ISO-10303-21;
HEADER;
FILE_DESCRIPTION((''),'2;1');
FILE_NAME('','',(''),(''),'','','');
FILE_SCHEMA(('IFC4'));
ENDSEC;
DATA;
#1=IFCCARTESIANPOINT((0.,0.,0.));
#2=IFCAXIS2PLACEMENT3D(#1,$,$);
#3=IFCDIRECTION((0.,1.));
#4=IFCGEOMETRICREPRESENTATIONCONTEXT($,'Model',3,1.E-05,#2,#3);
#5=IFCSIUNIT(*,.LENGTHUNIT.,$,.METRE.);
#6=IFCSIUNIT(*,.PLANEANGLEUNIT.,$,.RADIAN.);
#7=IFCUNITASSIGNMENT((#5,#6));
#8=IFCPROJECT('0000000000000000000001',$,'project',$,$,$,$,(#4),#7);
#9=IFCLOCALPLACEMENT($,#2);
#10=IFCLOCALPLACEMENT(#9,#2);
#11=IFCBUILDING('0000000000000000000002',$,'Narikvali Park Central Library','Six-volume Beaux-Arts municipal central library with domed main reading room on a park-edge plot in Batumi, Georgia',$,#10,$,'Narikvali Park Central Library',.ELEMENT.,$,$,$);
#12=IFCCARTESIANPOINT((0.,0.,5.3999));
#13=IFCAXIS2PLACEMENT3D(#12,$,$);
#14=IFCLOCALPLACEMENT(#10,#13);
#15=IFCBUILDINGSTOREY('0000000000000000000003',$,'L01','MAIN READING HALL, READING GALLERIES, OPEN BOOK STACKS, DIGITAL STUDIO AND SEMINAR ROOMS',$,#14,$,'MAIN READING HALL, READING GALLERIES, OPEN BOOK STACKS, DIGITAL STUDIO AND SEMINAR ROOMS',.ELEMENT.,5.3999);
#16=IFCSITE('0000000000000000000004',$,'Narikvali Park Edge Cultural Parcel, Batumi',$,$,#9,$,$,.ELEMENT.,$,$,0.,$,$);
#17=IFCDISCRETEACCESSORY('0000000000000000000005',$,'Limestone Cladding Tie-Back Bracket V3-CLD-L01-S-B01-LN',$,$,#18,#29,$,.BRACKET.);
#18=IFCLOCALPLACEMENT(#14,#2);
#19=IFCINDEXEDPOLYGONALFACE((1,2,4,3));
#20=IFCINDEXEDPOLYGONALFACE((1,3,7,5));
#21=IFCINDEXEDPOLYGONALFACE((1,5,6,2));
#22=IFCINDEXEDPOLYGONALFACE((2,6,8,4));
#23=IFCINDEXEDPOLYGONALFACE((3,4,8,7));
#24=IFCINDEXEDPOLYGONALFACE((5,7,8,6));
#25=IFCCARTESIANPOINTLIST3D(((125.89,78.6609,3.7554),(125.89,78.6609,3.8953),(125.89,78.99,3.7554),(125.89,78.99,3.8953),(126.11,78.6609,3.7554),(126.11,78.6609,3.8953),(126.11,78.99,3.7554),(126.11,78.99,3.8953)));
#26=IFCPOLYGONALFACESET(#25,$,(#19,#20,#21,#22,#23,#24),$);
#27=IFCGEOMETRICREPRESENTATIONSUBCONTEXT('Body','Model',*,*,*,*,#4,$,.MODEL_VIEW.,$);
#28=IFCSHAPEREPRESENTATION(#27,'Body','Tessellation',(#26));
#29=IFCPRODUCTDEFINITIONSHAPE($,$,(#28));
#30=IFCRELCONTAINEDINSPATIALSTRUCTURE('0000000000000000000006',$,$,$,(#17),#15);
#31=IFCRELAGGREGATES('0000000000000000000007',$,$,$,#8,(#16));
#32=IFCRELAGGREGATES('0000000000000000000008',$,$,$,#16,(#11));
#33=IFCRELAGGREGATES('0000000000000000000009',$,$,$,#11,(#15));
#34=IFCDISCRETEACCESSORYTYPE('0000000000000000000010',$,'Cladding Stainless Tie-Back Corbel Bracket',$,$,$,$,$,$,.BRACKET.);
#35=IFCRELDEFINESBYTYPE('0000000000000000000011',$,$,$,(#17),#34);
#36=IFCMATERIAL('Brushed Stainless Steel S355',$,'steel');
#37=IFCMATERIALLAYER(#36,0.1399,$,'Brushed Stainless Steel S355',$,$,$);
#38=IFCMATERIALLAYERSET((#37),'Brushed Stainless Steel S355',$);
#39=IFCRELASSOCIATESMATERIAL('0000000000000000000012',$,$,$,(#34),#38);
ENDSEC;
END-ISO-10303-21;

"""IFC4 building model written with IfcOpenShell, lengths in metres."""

from ifc_helpers import new_model, si_unit, direction, frame, origin, origin_2d, place, context, subcontext, project, spatial, rectangle, extrude, material, layer, layer_set, type_object, element, save


model = new_model("IFC4")

# Units and contexts
model_context = context("Model", 3, precision=1e-05, world=origin(), true_north=direction((0.0, 1.0)))
body_context = subcontext(model_context, "Body", "Model", "MODEL_VIEW")
ifc_project = project(units=[si_unit("LENGTHUNIT", "METRE"), si_unit("PLANEANGLEUNIT", "RADIAN")], contexts=[model_context])

# Site, building, storey
site_placement = place(None, origin())
site = spatial("IfcSite", under=ifc_project, at=site_placement, Name="Narikvali Park Edge Cultural Parcel, Batumi", CompositionType="ELEMENT", RefElevation=0.0)
building_placement = place(site_placement, origin())
building = spatial("IfcBuilding", under=site, at=building_placement, Name="Narikvali Park Central Library", Description="Six-volume Beaux-Arts municipal central library with domed main reading room on a park-edge plot in Batumi, Georgia", LongName="Narikvali Park Central Library", CompositionType="ELEMENT")
storey_placement = place(building_placement, frame((0.0, 0.0, 5.3999)))
storey = spatial("IfcBuildingStorey", under=building, at=storey_placement, Name="L01", Description="MAIN READING HALL, READING GALLERIES, OPEN BOOK STACKS, DIGITAL STUDIO AND SEMINAR ROOMS", LongName="MAIN READING HALL, READING GALLERIES, OPEN BOOK STACKS, DIGITAL STUDIO AND SEMINAR ROOMS", CompositionType="ELEMENT", Elevation=5.3999)

# Discrete accessory
ifc_material_1 = material(Name="Brushed Stainless Steel S355", Category="steel")
ifc_layer_1 = layer(ifc_material_1, 0.1399, Name="Brushed Stainless Steel S355")
ifc_layer_set_1 = layer_set([ifc_layer_1], Name="Brushed Stainless Steel S355")
discrete_accessory_type = type_object("IfcDiscreteAccessoryType", Name="Cladding Stainless Tie-Back Corbel Bracket", PredefinedType="BRACKET", material=ifc_layer_set_1)
discrete_accessory_1_placement = place(storey_placement, frame((126.0, 78.8254, 3.7554), z_axis=(0.0, 0.0, 1.0), x_axis=(1.0, 0.0, 0.0)))
element("IfcDiscreteAccessory", 1, at=discrete_accessory_1_placement, inside=storey, type_object=discrete_accessory_type, Name="Limestone Cladding Tie-Back Bracket V3-CLD-L01-S-B01-LN", PredefinedType="BRACKET", context=body_context, shape_type="SweptSolid", body=[
    extrude(rectangle(XDim=0.22, YDim=0.3291, at=origin_2d()), origin(), (0.0, 0.0, 1.0), 0.1399),
])

save(model, "model.ifc")
